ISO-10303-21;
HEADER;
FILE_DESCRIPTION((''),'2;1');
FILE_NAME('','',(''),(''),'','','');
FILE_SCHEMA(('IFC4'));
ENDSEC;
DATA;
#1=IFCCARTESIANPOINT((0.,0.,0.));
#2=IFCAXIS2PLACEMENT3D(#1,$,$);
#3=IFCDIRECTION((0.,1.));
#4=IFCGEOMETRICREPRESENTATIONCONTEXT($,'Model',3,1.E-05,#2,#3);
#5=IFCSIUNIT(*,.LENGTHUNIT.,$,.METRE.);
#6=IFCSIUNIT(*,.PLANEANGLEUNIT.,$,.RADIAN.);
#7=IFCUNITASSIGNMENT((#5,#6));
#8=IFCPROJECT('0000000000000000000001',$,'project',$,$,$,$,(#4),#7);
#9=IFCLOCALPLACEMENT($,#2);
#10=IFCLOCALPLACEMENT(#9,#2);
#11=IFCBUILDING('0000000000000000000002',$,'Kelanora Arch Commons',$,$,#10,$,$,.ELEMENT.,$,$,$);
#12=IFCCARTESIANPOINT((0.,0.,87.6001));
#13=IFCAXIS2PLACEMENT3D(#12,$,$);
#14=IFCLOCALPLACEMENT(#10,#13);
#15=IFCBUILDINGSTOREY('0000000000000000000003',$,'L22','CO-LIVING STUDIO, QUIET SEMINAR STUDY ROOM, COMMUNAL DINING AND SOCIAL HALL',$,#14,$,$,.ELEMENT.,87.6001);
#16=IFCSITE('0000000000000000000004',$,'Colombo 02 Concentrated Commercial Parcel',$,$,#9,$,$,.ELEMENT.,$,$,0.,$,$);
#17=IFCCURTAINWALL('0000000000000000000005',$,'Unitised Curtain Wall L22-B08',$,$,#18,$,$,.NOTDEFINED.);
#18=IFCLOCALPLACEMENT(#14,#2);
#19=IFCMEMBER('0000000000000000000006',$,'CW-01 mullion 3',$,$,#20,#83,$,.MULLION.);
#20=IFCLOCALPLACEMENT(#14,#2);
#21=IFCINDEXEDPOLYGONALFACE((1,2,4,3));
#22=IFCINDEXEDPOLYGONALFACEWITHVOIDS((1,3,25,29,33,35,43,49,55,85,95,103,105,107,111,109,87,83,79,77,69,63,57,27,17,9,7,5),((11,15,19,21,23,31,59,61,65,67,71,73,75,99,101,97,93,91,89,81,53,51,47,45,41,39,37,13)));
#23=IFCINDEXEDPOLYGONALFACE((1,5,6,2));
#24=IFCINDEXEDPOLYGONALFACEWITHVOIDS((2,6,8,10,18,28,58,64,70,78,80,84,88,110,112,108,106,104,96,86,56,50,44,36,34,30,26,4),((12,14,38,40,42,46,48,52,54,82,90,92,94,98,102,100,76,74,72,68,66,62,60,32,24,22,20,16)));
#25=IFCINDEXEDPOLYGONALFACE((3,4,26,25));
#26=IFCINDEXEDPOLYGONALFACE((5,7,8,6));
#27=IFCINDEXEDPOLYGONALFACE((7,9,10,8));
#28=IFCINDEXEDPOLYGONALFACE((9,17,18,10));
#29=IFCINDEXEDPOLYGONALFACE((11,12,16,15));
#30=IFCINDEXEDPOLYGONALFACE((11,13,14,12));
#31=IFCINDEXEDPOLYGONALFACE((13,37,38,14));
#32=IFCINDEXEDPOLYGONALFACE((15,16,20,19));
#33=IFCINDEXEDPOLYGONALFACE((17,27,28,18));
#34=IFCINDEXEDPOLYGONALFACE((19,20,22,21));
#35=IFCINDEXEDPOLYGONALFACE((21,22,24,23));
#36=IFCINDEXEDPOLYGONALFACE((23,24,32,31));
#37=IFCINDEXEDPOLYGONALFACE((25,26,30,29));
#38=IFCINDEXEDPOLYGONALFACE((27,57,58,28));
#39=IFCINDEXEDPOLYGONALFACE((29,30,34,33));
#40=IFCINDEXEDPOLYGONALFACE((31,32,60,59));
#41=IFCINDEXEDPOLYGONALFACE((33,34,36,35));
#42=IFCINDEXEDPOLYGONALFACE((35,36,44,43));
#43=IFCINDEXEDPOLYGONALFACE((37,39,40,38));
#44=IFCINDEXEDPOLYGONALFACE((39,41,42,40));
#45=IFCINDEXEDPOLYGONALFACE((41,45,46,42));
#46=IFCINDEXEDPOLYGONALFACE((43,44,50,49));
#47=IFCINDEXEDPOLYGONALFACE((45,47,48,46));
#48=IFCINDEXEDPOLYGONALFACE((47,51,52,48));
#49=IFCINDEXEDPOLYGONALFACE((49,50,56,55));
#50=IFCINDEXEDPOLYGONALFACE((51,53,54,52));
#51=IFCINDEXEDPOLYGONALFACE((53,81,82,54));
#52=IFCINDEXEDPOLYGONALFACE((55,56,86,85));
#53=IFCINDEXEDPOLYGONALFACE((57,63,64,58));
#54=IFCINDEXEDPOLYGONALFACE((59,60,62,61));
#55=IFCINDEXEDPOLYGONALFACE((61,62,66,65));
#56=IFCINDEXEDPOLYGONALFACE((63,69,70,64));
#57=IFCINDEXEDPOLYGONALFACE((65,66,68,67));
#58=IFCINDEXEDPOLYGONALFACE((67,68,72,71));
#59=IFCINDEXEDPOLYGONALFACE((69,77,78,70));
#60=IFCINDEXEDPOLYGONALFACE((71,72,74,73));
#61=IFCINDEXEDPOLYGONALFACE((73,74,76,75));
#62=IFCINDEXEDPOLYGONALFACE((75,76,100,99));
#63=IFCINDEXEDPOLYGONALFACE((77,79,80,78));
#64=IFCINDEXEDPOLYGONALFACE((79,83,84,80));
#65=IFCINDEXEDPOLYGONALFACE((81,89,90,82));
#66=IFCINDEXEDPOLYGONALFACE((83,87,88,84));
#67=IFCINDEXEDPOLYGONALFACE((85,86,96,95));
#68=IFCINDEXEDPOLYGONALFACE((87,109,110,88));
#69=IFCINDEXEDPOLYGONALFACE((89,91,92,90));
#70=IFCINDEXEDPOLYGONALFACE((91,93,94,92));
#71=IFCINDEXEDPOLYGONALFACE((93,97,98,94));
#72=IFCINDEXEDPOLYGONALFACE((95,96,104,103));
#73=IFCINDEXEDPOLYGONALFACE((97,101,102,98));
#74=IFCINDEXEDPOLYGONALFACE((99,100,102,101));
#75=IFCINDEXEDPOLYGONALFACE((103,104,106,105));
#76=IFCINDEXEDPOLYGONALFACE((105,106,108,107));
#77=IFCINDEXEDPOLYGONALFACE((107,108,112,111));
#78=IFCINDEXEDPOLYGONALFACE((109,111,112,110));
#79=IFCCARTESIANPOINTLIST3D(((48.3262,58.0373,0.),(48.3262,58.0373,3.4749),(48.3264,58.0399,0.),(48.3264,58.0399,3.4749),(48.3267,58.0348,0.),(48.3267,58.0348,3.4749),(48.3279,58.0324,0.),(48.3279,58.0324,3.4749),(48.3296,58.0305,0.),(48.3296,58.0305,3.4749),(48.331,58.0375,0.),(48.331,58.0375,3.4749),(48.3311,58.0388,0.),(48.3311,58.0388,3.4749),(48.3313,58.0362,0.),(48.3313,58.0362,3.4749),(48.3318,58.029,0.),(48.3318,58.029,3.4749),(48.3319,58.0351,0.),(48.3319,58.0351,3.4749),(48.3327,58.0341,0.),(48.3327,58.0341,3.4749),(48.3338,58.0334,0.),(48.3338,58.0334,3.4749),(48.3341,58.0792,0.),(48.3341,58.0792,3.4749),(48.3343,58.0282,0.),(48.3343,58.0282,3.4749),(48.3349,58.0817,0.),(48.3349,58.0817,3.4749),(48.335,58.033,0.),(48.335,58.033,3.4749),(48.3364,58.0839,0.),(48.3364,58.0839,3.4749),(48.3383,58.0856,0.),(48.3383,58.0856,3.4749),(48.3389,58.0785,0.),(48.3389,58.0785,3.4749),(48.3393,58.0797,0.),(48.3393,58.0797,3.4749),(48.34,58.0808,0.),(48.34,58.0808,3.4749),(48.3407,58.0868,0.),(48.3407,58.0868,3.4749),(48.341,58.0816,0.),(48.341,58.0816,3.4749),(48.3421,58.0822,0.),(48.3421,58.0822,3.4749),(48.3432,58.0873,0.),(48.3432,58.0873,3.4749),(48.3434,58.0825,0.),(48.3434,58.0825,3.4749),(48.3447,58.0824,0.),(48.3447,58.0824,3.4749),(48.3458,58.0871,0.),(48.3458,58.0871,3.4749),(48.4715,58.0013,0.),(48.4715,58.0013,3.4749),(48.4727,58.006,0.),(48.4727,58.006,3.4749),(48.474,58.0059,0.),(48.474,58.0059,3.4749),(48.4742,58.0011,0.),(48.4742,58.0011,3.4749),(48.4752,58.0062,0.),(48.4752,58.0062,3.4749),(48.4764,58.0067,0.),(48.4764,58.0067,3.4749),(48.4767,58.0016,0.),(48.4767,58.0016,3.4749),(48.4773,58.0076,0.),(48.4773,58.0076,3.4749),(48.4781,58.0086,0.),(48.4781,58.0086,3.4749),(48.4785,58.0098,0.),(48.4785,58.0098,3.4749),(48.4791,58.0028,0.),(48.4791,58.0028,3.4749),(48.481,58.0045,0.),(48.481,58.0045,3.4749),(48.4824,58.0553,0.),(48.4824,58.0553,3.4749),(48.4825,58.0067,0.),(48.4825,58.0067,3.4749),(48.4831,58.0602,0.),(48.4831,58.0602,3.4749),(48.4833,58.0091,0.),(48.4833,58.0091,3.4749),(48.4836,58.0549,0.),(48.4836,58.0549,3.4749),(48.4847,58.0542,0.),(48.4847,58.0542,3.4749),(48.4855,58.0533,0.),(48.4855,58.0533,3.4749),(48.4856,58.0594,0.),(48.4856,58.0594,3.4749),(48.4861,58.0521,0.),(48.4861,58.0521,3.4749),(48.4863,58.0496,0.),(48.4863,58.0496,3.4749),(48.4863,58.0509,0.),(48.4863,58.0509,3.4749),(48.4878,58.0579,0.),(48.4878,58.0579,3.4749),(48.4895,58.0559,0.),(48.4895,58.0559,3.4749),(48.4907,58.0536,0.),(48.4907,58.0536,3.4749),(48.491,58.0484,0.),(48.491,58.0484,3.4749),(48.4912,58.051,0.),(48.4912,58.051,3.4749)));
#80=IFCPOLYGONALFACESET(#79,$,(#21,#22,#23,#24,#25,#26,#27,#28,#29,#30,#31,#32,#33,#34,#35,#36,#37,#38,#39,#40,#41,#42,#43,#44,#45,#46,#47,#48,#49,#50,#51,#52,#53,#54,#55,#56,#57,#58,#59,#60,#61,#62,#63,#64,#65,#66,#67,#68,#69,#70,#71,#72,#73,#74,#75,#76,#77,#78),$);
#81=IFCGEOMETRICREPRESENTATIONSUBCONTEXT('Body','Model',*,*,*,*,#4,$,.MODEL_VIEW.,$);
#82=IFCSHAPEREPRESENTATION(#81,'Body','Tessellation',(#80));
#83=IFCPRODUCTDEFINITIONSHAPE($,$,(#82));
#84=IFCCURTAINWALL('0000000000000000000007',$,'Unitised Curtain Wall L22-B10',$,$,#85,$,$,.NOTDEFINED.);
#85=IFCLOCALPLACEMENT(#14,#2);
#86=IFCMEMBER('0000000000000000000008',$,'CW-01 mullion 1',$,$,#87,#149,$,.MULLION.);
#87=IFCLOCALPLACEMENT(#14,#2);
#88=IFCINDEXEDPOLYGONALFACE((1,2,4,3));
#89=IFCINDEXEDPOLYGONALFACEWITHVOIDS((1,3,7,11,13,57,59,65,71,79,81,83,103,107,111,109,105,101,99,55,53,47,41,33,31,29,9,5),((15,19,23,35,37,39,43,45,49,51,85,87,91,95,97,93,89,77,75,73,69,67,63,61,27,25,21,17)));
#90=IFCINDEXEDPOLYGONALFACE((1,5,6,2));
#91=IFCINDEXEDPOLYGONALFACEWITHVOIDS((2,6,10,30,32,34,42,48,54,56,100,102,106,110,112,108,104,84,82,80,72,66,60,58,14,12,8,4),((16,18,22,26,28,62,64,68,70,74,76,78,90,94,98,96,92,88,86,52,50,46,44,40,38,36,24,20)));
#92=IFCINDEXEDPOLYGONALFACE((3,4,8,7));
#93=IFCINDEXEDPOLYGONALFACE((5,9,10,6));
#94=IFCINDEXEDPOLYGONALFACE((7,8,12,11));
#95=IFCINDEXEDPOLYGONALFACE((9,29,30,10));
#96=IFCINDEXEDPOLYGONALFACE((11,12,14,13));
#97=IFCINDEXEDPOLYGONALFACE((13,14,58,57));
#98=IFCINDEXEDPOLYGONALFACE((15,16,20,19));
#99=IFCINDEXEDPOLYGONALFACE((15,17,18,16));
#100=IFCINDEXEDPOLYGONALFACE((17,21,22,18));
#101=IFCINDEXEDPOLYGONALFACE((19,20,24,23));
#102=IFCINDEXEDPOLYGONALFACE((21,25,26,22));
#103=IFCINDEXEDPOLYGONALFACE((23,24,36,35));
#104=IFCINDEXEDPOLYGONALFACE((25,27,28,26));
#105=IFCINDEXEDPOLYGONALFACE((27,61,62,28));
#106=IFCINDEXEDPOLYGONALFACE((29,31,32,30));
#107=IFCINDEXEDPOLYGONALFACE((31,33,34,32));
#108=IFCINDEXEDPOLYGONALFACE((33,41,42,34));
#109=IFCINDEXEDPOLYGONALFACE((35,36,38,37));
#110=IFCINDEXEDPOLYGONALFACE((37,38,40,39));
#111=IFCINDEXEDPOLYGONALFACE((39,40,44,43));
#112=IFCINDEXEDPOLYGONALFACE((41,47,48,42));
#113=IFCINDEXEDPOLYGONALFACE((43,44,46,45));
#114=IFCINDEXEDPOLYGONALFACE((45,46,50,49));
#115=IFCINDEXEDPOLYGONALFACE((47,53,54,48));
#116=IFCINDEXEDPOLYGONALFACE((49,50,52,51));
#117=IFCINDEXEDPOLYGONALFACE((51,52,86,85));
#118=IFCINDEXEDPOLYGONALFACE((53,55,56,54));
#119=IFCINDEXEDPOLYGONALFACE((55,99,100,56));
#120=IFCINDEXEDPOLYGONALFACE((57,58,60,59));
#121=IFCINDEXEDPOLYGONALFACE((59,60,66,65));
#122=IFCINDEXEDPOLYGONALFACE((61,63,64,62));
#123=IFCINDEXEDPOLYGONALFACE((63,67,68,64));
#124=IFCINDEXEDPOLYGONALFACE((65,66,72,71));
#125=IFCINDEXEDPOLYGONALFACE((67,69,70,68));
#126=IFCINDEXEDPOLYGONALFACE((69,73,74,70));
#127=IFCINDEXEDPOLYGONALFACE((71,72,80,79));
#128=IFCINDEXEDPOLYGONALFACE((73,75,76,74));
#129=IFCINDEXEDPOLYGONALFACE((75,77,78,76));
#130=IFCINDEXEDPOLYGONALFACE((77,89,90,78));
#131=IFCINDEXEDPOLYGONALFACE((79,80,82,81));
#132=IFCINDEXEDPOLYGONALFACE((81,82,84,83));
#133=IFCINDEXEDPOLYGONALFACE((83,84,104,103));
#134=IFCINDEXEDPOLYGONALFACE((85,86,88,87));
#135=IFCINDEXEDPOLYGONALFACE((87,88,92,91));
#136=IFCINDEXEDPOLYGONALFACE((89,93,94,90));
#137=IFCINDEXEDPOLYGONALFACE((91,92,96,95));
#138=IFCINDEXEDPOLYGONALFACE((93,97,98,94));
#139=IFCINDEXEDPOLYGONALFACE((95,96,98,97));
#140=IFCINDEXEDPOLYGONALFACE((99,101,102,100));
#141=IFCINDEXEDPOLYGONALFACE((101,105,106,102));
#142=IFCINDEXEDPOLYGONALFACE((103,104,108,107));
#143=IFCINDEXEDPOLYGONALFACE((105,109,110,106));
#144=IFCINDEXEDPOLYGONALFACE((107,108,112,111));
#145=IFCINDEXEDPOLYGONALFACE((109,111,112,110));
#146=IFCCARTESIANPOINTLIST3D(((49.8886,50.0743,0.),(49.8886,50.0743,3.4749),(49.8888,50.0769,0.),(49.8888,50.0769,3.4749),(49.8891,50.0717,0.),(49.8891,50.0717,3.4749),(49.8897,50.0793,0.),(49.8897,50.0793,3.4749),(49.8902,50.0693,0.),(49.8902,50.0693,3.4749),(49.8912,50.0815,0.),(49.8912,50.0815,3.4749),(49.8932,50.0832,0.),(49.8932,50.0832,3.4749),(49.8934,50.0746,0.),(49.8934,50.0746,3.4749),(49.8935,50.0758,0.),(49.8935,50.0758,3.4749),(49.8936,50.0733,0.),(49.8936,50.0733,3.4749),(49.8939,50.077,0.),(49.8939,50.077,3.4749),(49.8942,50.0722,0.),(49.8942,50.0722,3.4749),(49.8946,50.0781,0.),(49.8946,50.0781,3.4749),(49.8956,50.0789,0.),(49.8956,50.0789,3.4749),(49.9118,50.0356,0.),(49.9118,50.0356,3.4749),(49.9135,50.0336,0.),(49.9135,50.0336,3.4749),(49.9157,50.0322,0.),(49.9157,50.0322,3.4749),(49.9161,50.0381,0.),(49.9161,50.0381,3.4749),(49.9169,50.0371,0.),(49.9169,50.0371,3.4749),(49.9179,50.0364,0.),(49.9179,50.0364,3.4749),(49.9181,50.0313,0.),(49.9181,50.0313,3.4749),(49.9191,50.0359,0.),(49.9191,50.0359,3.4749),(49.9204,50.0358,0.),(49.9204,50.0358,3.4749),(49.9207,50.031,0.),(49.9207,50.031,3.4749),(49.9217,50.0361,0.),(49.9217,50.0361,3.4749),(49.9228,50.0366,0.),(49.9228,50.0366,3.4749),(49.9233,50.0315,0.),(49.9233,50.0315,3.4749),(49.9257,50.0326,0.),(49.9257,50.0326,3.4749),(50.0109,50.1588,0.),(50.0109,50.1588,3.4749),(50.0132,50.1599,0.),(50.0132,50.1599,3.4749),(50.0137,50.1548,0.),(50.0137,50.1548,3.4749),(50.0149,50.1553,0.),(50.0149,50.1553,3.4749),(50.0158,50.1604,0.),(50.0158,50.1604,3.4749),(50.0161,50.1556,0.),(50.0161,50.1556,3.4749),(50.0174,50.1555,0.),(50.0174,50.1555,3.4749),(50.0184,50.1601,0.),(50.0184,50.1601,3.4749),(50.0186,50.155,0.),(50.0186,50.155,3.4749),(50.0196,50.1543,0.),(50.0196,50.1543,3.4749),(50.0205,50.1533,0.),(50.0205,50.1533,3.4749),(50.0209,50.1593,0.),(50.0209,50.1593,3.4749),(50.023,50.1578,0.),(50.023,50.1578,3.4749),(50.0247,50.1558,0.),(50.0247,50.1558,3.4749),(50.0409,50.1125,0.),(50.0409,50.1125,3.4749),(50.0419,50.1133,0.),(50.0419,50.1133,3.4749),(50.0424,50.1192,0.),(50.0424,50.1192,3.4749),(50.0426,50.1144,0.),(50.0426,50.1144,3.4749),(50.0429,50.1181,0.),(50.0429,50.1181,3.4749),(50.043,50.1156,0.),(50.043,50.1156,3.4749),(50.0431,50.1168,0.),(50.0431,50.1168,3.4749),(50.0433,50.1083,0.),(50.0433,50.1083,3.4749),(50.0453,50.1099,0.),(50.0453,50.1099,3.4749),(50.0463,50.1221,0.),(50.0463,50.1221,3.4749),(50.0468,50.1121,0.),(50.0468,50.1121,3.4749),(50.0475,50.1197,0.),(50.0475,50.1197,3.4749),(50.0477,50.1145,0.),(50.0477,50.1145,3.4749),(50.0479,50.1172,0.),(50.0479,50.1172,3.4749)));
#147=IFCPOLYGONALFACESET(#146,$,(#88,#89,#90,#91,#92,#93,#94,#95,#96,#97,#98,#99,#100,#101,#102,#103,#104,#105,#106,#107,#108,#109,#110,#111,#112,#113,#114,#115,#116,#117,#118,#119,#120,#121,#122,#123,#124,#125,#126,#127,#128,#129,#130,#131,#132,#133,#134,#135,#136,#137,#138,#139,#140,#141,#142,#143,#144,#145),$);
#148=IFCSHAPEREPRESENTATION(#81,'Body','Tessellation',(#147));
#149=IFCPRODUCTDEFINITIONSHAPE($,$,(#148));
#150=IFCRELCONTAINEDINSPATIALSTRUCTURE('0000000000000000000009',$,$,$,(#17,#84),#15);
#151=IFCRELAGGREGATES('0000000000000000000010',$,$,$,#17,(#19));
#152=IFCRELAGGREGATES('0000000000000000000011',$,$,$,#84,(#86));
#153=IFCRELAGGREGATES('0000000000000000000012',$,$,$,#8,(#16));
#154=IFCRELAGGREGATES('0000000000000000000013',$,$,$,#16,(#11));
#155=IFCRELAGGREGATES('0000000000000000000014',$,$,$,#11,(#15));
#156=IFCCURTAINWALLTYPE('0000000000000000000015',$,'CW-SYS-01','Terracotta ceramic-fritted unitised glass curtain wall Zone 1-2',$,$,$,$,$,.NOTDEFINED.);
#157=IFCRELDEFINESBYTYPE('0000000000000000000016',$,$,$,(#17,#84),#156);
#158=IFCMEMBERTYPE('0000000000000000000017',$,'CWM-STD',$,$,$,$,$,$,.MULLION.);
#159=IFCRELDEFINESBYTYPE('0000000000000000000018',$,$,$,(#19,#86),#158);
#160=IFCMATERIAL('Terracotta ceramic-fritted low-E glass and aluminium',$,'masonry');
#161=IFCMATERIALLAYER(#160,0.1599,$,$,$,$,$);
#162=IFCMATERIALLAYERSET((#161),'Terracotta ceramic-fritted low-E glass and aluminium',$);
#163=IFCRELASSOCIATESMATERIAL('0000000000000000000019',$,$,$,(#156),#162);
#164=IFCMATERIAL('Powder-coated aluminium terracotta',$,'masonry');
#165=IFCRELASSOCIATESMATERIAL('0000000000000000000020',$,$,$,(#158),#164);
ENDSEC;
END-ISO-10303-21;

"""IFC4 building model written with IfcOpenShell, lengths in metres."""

from ifc_helpers import new_model, si_unit, direction, frame, origin, origin_2d, place, context, subcontext, project, spatial, hollow_rectangle, extrude, material, layer, layer_set, material_profile, profile_set, type_object, element, aggregate, save


model = new_model("IFC4")

# Units and contexts
model_context = context("Model", 3, precision=1e-05, world=origin(), true_north=direction((0.0, 1.0)))
body_context = subcontext(model_context, "Body", "Model", "MODEL_VIEW")
ifc_project = project(units=[si_unit("LENGTHUNIT", "METRE"), si_unit("PLANEANGLEUNIT", "RADIAN")], contexts=[model_context])

# Site, building, storey
site_placement = place(None, origin())
site = spatial("IfcSite", under=ifc_project, at=site_placement, Name="Colombo 02 Concentrated Commercial Parcel", CompositionType="ELEMENT", RefElevation=0.0)
building_placement = place(site_placement, origin())
building = spatial("IfcBuilding", under=site, at=building_placement, Name="Kelanora Arch Commons", CompositionType="ELEMENT")
storey_placement = place(building_placement, frame((0.0, 0.0, 87.6001)))
storey = spatial("IfcBuildingStorey", under=building, at=storey_placement, Name="L22", Description="CO-LIVING STUDIO, QUIET SEMINAR STUDY ROOM, COMMUNAL DINING AND SOCIAL HALL", CompositionType="ELEMENT", Elevation=87.6001)

# Curtain wall, member
ifc_material_1 = material(Name="Terracotta ceramic-fritted low-E glass and aluminium", Category="masonry")
ifc_layer_1 = layer(ifc_material_1, 0.1599)
ifc_layer_set_1 = layer_set([ifc_layer_1], Name="Terracotta ceramic-fritted low-E glass and aluminium")
curtain_wall_type = type_object("IfcCurtainWallType", Name="CW-SYS-01", Description="Terracotta ceramic-fritted unitised glass curtain wall Zone 1-2", PredefinedType="NOTDEFINED", material=ifc_layer_set_1)
curtain_wall_1_placement = place(storey_placement, origin())
curtain_wall_1 = element("IfcCurtainWall", 1, at=curtain_wall_1_placement, inside=storey, type_object=curtain_wall_type, Name="Unitised Curtain Wall L22-B08", PredefinedType="NOTDEFINED")
ifc_material_2 = material(Name="Powder-coated aluminium terracotta", Category="masonry")
ifc_material_profile_1 = material_profile(ifc_material_2, hollow_rectangle(XDim=0.1599, YDim=0.0601, WallThickness=0.0049, InnerFilletRadius=0.0049, OuterFilletRadius=0.01, at=origin_2d()), Name="CWM160x60")
ifc_profile_set_1 = profile_set([ifc_material_profile_1], Name="Powder-coated aluminium terracotta")
member_type_1 = type_object("IfcMemberType", Name="CWM-STD", PredefinedType="MULLION", material=ifc_profile_set_1)
member_1_placement = place(storey_placement, frame((48.4087, 58.0442, 0.0), z_axis=(0.0, 0.0, 1.0), x_axis=(0.98128, -0.192585, 0.0)))
member_1 = element("IfcMember", 2, at=member_1_placement, type_object=member_type_1, Name="CW-01 mullion 3", PredefinedType="MULLION", context=body_context, shape_type="SweptSolid", body=[
    extrude(hollow_rectangle(XDim=0.1599, YDim=0.0601, WallThickness=0.0049, InnerFilletRadius=0.0049, OuterFilletRadius=0.01, at=origin_2d()), origin(), (0.0, 0.0, 1.0), 3.4749),
])
aggregate(curtain_wall_1, [member_1])

# Curtain wall, member
curtain_wall_2_placement = place(storey_placement, origin())
curtain_wall_2 = element("IfcCurtainWall", 3, at=curtain_wall_2_placement, inside=storey, type_object=curtain_wall_type, Name="Unitised Curtain Wall L22-B10", PredefinedType="NOTDEFINED")
member_2_placement = place(storey_placement, frame((49.9683, 50.0957, 0.0), z_axis=(0.0, 0.0, 1.0), x_axis=(0.841269, 0.540617, 0.0)))
member_2 = element("IfcMember", 4, at=member_2_placement, type_object=member_type_1, Name="CW-01 mullion 1", PredefinedType="MULLION", context=body_context, shape_type="SweptSolid", body=[
    extrude(hollow_rectangle(XDim=0.1599, YDim=0.0601, WallThickness=0.0049, InnerFilletRadius=0.0049, OuterFilletRadius=0.01, at=origin_2d()), origin(), (0.0, 0.0, 1.0), 3.4749),
])

aggregate(curtain_wall_2, [member_2])

save(model, "model.ifc")
